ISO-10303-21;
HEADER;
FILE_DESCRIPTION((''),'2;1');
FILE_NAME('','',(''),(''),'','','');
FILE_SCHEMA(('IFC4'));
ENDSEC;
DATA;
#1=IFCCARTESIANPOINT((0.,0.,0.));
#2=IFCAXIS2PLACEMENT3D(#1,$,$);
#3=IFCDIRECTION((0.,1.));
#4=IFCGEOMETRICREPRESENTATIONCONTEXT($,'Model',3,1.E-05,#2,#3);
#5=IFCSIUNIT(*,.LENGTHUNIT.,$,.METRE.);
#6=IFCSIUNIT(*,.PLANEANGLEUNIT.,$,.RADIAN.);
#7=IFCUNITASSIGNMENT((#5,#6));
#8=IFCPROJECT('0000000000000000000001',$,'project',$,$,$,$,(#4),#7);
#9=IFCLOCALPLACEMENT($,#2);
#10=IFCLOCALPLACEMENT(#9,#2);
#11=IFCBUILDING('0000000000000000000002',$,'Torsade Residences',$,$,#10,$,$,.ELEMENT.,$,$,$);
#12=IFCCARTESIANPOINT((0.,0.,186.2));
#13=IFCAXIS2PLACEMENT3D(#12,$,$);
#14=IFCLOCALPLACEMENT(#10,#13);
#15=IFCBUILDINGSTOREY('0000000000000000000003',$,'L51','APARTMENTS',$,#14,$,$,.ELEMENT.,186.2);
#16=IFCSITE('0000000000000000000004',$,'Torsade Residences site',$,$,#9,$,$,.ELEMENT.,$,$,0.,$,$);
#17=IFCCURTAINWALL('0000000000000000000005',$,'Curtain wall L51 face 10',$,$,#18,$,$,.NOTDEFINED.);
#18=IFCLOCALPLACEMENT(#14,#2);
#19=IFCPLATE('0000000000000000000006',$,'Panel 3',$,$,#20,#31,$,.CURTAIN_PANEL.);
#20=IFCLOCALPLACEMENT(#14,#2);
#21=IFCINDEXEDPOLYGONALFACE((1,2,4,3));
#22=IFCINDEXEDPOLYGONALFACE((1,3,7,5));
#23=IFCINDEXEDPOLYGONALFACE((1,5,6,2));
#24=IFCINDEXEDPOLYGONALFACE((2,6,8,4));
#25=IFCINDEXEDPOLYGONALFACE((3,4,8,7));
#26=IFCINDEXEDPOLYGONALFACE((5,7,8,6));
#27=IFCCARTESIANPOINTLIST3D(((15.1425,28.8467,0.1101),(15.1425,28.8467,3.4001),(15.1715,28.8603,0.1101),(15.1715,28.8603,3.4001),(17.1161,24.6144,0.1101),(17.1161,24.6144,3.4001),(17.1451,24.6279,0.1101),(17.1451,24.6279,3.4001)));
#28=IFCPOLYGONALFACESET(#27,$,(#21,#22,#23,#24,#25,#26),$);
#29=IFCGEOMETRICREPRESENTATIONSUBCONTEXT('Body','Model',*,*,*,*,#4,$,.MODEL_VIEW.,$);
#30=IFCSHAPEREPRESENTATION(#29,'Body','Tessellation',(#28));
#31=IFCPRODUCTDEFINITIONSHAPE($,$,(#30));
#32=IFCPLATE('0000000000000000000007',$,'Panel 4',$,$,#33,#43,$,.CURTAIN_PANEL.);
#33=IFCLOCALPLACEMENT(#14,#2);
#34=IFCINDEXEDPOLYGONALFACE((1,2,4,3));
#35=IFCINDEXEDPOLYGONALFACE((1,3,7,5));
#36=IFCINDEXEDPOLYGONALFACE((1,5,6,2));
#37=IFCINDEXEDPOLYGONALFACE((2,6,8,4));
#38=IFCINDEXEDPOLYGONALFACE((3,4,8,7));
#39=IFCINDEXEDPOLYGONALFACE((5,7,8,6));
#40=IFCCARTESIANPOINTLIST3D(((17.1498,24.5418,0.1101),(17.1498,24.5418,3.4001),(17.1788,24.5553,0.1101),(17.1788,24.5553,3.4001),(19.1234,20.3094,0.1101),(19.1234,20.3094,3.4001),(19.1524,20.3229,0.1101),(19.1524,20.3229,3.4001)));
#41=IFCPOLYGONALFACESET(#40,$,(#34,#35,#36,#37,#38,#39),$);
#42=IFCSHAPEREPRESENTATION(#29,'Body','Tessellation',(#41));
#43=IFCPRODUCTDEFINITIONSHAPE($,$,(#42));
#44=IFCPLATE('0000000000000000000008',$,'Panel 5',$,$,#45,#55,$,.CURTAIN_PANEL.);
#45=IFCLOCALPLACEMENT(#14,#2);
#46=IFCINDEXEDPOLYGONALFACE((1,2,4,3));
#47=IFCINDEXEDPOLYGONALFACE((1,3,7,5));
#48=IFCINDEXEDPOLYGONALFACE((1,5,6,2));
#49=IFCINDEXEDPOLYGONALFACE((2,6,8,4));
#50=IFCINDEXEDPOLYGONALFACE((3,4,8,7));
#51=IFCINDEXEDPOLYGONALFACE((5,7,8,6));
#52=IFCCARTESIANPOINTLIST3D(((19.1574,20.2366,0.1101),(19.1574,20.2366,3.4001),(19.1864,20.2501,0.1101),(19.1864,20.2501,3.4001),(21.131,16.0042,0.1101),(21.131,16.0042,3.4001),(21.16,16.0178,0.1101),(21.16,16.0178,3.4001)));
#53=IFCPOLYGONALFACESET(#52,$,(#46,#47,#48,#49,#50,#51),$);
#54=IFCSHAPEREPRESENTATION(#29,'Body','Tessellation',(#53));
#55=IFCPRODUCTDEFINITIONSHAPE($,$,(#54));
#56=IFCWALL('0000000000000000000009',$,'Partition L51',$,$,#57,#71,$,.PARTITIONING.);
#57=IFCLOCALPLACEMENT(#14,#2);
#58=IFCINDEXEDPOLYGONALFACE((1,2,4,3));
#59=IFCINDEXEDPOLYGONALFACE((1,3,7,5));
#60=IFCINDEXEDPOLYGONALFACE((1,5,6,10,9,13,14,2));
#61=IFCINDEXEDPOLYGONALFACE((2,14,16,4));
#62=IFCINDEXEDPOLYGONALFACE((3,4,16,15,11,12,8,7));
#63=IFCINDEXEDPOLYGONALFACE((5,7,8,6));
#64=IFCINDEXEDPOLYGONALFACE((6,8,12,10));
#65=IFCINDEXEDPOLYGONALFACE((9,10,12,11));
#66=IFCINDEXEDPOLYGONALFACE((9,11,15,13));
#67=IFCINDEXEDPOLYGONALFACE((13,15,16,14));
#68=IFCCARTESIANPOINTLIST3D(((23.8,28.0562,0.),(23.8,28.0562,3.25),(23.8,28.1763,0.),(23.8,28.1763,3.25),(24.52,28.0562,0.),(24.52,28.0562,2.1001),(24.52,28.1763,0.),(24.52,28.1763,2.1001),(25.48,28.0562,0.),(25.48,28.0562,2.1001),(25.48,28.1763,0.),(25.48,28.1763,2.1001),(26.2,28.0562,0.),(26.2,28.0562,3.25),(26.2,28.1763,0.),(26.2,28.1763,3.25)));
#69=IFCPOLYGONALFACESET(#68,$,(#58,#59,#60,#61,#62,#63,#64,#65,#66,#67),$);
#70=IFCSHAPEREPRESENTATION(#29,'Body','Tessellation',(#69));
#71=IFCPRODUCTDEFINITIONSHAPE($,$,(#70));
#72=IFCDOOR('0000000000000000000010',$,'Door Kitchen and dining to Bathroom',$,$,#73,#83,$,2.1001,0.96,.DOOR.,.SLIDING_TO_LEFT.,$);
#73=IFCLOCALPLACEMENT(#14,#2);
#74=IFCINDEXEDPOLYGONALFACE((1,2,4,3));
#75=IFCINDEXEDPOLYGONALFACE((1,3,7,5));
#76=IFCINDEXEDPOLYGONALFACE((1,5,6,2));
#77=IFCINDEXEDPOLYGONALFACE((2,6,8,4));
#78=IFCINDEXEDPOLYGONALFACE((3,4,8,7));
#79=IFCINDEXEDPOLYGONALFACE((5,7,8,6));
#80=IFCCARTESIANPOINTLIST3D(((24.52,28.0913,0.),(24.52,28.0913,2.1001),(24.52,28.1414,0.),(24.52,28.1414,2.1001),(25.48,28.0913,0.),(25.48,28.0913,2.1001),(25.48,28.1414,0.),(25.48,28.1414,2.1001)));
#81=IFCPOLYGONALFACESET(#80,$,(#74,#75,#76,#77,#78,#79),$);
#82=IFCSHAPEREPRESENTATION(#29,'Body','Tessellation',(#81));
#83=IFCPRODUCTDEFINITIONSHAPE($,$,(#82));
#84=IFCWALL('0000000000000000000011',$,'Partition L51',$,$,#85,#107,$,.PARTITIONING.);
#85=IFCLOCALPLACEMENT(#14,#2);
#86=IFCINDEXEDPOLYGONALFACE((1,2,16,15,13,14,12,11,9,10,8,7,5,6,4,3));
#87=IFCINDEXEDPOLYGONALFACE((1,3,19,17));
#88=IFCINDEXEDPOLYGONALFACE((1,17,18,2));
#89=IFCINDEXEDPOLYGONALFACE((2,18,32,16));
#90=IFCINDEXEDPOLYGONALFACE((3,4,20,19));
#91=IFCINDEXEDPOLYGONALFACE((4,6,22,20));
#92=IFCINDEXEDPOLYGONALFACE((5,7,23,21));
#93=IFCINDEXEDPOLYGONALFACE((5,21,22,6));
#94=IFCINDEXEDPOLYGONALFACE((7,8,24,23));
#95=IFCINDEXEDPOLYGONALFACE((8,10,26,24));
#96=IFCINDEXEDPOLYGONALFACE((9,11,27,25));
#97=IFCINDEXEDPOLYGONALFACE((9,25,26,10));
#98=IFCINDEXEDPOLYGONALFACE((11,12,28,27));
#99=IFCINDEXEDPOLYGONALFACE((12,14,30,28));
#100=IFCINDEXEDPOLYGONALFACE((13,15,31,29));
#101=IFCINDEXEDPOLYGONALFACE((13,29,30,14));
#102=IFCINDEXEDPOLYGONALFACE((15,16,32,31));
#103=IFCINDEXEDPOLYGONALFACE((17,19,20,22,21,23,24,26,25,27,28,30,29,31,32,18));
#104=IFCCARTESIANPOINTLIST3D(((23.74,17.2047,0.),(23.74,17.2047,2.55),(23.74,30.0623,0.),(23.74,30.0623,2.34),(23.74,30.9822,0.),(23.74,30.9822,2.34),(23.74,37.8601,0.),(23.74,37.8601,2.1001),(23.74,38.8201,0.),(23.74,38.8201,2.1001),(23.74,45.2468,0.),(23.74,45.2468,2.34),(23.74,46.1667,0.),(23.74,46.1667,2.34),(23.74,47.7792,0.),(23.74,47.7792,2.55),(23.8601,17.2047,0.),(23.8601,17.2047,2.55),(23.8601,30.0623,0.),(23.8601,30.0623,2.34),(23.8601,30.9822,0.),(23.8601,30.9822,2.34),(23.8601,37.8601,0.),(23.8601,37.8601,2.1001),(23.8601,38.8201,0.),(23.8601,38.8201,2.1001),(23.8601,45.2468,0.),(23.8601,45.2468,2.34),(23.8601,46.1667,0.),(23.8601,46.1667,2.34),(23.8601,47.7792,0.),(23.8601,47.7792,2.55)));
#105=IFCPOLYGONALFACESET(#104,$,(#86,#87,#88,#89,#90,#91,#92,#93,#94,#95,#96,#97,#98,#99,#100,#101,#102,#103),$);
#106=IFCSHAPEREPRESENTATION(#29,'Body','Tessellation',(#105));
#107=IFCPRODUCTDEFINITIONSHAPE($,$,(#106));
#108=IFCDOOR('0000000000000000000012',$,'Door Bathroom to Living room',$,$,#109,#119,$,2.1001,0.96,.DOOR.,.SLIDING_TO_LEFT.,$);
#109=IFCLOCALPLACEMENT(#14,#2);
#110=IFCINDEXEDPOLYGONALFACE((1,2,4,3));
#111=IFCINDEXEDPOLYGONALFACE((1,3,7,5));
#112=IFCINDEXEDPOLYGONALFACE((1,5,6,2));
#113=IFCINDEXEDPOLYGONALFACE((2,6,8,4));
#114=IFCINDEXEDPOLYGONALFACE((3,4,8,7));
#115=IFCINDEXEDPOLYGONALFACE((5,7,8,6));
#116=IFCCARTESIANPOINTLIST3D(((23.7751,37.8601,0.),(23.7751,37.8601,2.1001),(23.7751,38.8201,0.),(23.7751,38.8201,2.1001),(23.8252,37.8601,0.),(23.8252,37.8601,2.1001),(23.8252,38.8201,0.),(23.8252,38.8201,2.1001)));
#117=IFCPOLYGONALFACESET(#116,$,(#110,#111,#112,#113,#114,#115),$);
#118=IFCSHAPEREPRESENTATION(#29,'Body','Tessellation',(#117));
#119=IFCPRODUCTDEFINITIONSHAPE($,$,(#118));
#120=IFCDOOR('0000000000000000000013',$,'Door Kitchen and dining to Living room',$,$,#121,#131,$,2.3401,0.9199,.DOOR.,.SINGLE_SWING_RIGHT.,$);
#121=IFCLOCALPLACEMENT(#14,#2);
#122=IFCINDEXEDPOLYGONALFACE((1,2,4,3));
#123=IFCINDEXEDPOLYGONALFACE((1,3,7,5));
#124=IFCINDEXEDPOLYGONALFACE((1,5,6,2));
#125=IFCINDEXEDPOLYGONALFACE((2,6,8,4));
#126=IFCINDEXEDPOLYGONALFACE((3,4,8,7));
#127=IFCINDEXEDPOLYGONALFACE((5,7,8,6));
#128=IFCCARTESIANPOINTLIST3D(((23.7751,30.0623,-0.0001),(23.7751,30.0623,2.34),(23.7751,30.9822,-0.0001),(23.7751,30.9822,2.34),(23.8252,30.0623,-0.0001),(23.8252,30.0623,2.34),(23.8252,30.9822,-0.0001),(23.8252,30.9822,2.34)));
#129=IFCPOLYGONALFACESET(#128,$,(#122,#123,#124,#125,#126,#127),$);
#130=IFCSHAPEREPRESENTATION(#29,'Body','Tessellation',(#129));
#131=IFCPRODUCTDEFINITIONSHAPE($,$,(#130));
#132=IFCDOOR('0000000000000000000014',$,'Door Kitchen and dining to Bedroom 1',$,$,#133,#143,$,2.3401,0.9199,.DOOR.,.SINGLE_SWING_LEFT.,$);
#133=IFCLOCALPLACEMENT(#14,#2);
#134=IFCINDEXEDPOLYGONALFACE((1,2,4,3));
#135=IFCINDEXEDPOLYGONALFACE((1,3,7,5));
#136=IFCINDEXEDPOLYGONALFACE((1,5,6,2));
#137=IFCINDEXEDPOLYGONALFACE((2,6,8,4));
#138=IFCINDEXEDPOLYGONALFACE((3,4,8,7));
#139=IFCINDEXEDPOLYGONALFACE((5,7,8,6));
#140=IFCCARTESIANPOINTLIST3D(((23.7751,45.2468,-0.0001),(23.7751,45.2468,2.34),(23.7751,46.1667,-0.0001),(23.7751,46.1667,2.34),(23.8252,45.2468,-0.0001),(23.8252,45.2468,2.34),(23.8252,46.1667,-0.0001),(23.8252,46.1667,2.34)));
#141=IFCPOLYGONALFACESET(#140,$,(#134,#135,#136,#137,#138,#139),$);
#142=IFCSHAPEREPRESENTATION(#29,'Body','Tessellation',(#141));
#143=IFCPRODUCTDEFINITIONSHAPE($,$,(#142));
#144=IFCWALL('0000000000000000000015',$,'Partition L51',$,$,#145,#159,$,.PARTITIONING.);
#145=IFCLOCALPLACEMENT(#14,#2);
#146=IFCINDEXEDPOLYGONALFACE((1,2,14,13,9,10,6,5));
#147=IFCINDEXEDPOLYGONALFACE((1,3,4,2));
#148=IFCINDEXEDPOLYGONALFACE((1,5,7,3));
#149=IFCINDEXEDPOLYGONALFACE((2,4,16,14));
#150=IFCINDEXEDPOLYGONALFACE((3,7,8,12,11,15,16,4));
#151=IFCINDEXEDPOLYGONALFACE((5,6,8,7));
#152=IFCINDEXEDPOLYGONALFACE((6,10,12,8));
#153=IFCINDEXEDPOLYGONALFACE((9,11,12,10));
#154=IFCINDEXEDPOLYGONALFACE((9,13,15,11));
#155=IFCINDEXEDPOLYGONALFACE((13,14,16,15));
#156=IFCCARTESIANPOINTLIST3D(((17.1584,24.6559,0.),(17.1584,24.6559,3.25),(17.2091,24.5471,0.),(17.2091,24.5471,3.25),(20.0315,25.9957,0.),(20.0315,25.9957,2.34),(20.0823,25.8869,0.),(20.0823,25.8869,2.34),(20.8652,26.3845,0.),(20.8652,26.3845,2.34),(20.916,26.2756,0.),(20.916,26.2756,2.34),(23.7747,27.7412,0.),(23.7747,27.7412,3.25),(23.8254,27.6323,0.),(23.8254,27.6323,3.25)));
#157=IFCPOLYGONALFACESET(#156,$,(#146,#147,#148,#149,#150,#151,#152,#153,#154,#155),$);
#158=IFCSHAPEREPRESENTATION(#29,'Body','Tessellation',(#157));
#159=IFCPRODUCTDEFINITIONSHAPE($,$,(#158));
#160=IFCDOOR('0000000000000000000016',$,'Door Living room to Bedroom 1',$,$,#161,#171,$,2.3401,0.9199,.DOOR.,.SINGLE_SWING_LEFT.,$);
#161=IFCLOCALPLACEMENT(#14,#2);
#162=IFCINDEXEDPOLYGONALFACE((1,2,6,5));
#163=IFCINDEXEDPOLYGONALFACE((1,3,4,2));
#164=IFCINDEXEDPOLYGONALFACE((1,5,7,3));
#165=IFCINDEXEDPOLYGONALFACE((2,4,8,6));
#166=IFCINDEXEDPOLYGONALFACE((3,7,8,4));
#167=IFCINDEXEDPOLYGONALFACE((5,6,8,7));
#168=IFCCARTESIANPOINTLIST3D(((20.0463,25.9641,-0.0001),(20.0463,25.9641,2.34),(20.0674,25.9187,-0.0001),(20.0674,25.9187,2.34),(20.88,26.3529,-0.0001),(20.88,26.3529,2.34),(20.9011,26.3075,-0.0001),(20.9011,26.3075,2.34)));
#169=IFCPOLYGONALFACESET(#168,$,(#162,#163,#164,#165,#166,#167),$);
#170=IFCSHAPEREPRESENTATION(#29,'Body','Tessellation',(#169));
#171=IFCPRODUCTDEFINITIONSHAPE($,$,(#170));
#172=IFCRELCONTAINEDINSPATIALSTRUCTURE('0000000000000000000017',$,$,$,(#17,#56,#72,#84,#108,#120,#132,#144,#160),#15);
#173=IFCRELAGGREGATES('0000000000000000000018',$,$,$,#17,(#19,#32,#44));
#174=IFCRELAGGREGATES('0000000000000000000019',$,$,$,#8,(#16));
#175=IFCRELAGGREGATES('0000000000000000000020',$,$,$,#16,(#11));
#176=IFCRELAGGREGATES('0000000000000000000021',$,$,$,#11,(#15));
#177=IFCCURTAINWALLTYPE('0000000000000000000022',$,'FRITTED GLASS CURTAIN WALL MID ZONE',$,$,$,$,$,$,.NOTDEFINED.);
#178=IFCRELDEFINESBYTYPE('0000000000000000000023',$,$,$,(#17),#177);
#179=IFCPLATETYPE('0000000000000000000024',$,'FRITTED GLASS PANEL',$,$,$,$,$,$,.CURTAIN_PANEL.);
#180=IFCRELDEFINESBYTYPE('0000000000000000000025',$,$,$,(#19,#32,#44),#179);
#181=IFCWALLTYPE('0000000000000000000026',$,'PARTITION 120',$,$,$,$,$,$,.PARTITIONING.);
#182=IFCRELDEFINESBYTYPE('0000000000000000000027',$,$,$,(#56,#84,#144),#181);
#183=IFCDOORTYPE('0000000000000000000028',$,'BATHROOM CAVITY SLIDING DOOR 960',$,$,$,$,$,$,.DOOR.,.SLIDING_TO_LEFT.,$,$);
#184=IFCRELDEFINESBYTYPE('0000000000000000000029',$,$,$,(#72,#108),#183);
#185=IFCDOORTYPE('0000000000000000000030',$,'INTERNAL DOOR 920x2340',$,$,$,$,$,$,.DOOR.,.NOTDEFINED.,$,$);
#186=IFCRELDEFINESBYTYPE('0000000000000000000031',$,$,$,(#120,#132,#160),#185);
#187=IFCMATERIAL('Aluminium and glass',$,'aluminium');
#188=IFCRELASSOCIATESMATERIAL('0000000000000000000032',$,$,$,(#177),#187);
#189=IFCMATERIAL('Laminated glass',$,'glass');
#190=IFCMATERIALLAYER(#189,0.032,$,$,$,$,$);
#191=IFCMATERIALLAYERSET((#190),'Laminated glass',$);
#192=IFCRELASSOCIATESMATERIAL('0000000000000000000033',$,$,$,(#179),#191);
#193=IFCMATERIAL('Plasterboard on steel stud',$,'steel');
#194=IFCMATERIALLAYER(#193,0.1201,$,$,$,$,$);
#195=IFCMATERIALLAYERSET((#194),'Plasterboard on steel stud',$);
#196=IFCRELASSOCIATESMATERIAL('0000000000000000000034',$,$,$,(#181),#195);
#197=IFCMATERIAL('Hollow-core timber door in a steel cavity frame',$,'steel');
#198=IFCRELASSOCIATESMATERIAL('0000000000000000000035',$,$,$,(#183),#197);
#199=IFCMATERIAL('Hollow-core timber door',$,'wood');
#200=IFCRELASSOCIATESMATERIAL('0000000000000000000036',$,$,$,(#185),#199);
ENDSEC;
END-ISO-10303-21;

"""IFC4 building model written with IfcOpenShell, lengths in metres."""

from ifc_helpers import new_model, si_unit, direction, frame, frame_2d, origin, origin_2d, place, context, subcontext, project, spatial, rectangle, extrude, material, layer, layer_set, type_object, element, fill, aggregate, save


model = new_model("IFC4")

# Units and contexts
model_context = context("Model", 3, precision=1e-05, world=origin(), true_north=direction((0.0, 1.0)))
body_context = subcontext(model_context, "Body", "Model", "MODEL_VIEW")
ifc_project = project(units=[si_unit("LENGTHUNIT", "METRE"), si_unit("PLANEANGLEUNIT", "RADIAN")], contexts=[model_context])

# Site, building, storey
site_placement = place(None, origin())
site = spatial("IfcSite", under=ifc_project, at=site_placement, Name="Torsade Residences site", CompositionType="ELEMENT", RefElevation=0.0)
building_placement = place(site_placement, origin())
building = spatial("IfcBuilding", under=site, at=building_placement, Name="Torsade Residences", CompositionType="ELEMENT")
storey_placement = place(building_placement, frame((0.0, 0.0, 186.2)))
storey = spatial("IfcBuildingStorey", under=building, at=storey_placement, Name="L51", Description="APARTMENTS", CompositionType="ELEMENT", Elevation=186.2)

# Curtain wall
ifc_material_1 = material(Name="Aluminium and glass", Category="aluminium")
curtain_wall_type = type_object("IfcCurtainWallType", Name="FRITTED GLASS CURTAIN WALL MID ZONE", PredefinedType="NOTDEFINED", material=ifc_material_1)
curtain_wall_placement = place(storey_placement, origin())
curtain_wall = element("IfcCurtainWall", 1, at=curtain_wall_placement, inside=storey, type_object=curtain_wall_type, Name="Curtain wall L51 face 10", PredefinedType="NOTDEFINED")

# Plates
ifc_material_2 = material(Name="Laminated glass", Category="glass")
ifc_layer_1 = layer(ifc_material_2, 0.032)
ifc_layer_set_1 = layer_set([ifc_layer_1], Name="Laminated glass")
plate_type = type_object("IfcPlateType", Name="FRITTED GLASS PANEL", PredefinedType="CURTAIN_PANEL", material=ifc_layer_set_1)
plate_1_placement = place(storey_placement, frame((16.1438, 26.7373, 0.1101), z_axis=(0.0, 0.0, 1.0), x_axis=(0.422618, -0.906308, 0.0)))
plate_1 = element("IfcPlate", 2, at=plate_1_placement, type_object=plate_type, Name="Panel 3", PredefinedType="CURTAIN_PANEL", context=body_context, shape_type="SweptSolid", body=[
    extrude(rectangle(XDim=4.6699, YDim=0.032, at=origin_2d()), origin(), (0.0, 0.0, 1.0), 3.29),
])
plate_2_placement = place(storey_placement, frame((18.1511, 22.4324, 0.1101), z_axis=(0.0, 0.0, 1.0), x_axis=(0.422618, -0.906308, 0.0)))
plate_2 = element("IfcPlate", 3, at=plate_2_placement, type_object=plate_type, Name="Panel 4", PredefinedType="CURTAIN_PANEL", context=body_context, shape_type="SweptSolid", body=[
    extrude(rectangle(XDim=4.6699, YDim=0.032, at=origin_2d()), origin(), (0.0, 0.0, 1.0), 3.29),
])
plate_3_placement = place(storey_placement, frame((20.1587, 18.1272, 0.1101), z_axis=(0.0, 0.0, 1.0), x_axis=(0.422618, -0.906308, 0.0)))
plate_3 = element("IfcPlate", 4, at=plate_3_placement, type_object=plate_type, Name="Panel 5", PredefinedType="CURTAIN_PANEL", context=body_context, shape_type="SweptSolid", body=[
    extrude(rectangle(XDim=4.6699, YDim=0.032, at=origin_2d()), origin(), (0.0, 0.0, 1.0), 3.29),
])
aggregate(curtain_wall, [plate_1, plate_2, plate_3])

# Wall, opening, door
ifc_material_3 = material(Name="Plasterboard on steel stud", Category="steel")
ifc_layer_2 = layer(ifc_material_3, 0.1201)
ifc_layer_set_2 = layer_set([ifc_layer_2], Name="Plasterboard on steel stud")
wall_type_1 = type_object("IfcWallType", Name="PARTITION 120", PredefinedType="PARTITIONING", material=ifc_layer_set_2)
wall_1_placement = place(storey_placement, frame((26.2, 28.1162, 0.0), z_axis=(0.0, 0.0, 1.0), x_axis=(-1.0, 0.0, 0.0)))
wall_1 = element("IfcWall", 5, at=wall_1_placement, inside=storey, type_object=wall_type_1, Name="Partition L51", PredefinedType="PARTITIONING", context=body_context, shape_type="SweptSolid", body=[
    extrude(rectangle(XDim=2.3999, YDim=0.1201, at=frame_2d((1.2, 0.0))), origin(), (0.0, 0.0, 1.0), 3.25),
])
opening_1_placement = place(wall_1_placement, frame((0.72, 0.0, 0.0)))
opening_1 = element("IfcOpeningElement", 6, at=opening_1_placement, cuts=wall_1, PredefinedType="OPENING", context=body_context, shape_type="SweptSolid", body=[
    extrude(rectangle(XDim=0.96, YDim=2.1001, at=frame_2d((0.48, 1.05))), frame((0.0, 0.0701, 0.0), z_axis=(0.0, -1.0, 0.0), x_axis=(1.0, 0.0, 0.0)), (0.0, 0.0, 1.0), 0.1401),
])
ifc_material_4 = material(Name="Hollow-core timber door in a steel cavity frame", Category="steel")
door_type_1 = type_object("IfcDoorType", Name="BATHROOM CAVITY SLIDING DOOR 960", OperationType="SLIDING_TO_LEFT", PredefinedType="DOOR", material=ifc_material_4)
door_1_placement = place(opening_1_placement, origin())
door_1 = element("IfcDoor", 7, at=door_1_placement, inside=storey, type_object=door_type_1, Name="Door Kitchen and dining to Bathroom", OperationType="SLIDING_TO_LEFT", OverallHeight=2.1001, OverallWidth=0.96, PredefinedType="DOOR", context=body_context, shape_type="SweptSolid", body=[
    extrude(rectangle(XDim=0.96, YDim=2.1001, at=frame_2d((0.48, 1.05))), frame((0.0, 0.0249, 0.0), z_axis=(0.0, -1.0, 0.0), x_axis=(1.0, 0.0, 0.0)), (0.0, 0.0, 1.0), 0.05),
])
fill(opening_1, door_1)

# Wall, openings, doors
wall_2_placement = place(storey_placement, frame((23.8, 17.2048, 0.0), z_axis=(0.0, 0.0, 1.0), x_axis=(0.0, 1.0, 0.0)))
wall_2 = element("IfcWall", 8, at=wall_2_placement, inside=storey, type_object=wall_type_1, Name="Partition L51", PredefinedType="PARTITIONING", context=body_context, shape_type="SweptSolid", body=[
    extrude(rectangle(XDim=30.5745, YDim=0.1201, at=frame_2d((15.2871, 0.0))), origin(), (0.0, 0.0, 1.0), 2.55),
])
opening_2_placement = place(wall_2_placement, frame((12.8574, 0.0, 0.0)))
opening_2 = element("IfcOpeningElement", 9, at=opening_2_placement, cuts=wall_2, PredefinedType="OPENING", context=body_context, shape_type="SweptSolid", body=[
    extrude(rectangle(XDim=0.9199, YDim=2.3401, at=frame_2d((0.46, 1.1699))), frame((0.0, 0.0701, 0.0), z_axis=(0.0, -1.0, 0.0), x_axis=(1.0, 0.0, 0.0)), (0.0, 0.0, 1.0), 0.1401),
])
opening_3_placement = place(wall_2_placement, frame((28.042, 0.0, 0.0)))
opening_3 = element("IfcOpeningElement", 10, at=opening_3_placement, cuts=wall_2, PredefinedType="OPENING", context=body_context, shape_type="SweptSolid", body=[
    extrude(rectangle(XDim=0.9199, YDim=2.3401, at=frame_2d((0.46, 1.1699))), frame((0.0, 0.0701, 0.0), z_axis=(0.0, -1.0, 0.0), x_axis=(1.0, 0.0, 0.0)), (0.0, 0.0, 1.0), 0.1401),
])
opening_4_placement = place(wall_2_placement, frame((20.6553, 0.0, 0.0)))
opening_4 = element("IfcOpeningElement", 11, at=opening_4_placement, cuts=wall_2, PredefinedType="OPENING", context=body_context, shape_type="SweptSolid", body=[
    extrude(rectangle(XDim=0.96, YDim=2.1001, at=frame_2d((0.48, 1.05))), frame((0.0, 0.0701, 0.0), z_axis=(0.0, -1.0, 0.0), x_axis=(1.0, 0.0, 0.0)), (0.0, 0.0, 1.0), 0.1401),
])
door_2_placement = place(opening_4_placement, origin())
door_2 = element("IfcDoor", 12, at=door_2_placement, inside=storey, type_object=door_type_1, Name="Door Bathroom to Living room", OperationType="SLIDING_TO_LEFT", OverallHeight=2.1001, OverallWidth=0.96, PredefinedType="DOOR", context=body_context, shape_type="SweptSolid", body=[
    extrude(rectangle(XDim=0.96, YDim=2.1001, at=frame_2d((0.48, 1.05))), frame((0.0, 0.0249, 0.0), z_axis=(0.0, -1.0, 0.0), x_axis=(1.0, 0.0, 0.0)), (0.0, 0.0, 1.0), 0.05),
])
fill(opening_4, door_2)
ifc_material_5 = material(Name="Hollow-core timber door", Category="wood")
door_type_2 = type_object("IfcDoorType", Name="INTERNAL DOOR 920x2340", OperationType="NOTDEFINED", PredefinedType="DOOR", material=ifc_material_5)
door_3_placement = place(opening_2_placement, origin())
door_3 = element("IfcDoor", 13, at=door_3_placement, inside=storey, type_object=door_type_2, Name="Door Kitchen and dining to Living room", OperationType="SINGLE_SWING_RIGHT", OverallHeight=2.3401, OverallWidth=0.9199, PredefinedType="DOOR", context=body_context, shape_type="SweptSolid", body=[
    extrude(rectangle(XDim=0.9199, YDim=2.3401, at=frame_2d((0.46, 1.1699))), frame((0.0, 0.0249, 0.0), z_axis=(0.0, -1.0, 0.0), x_axis=(1.0, 0.0, 0.0)), (0.0, 0.0, 1.0), 0.05),
])
fill(opening_2, door_3)
door_4_placement = place(opening_3_placement, origin())
door_4 = element("IfcDoor", 14, at=door_4_placement, inside=storey, type_object=door_type_2, Name="Door Kitchen and dining to Bedroom 1", OperationType="SINGLE_SWING_LEFT", OverallHeight=2.3401, OverallWidth=0.9199, PredefinedType="DOOR", context=body_context, shape_type="SweptSolid", body=[
    extrude(rectangle(XDim=0.9199, YDim=2.3401, at=frame_2d((0.46, 1.1699))), frame((0.0, 0.0249, 0.0), z_axis=(0.0, -1.0, 0.0), x_axis=(1.0, 0.0, 0.0)), (0.0, 0.0, 1.0), 0.05),
])
fill(opening_3, door_4)

# Wall, opening, door
wall_3_placement = place(storey_placement, frame((23.8, 27.6868, 0.0), z_axis=(0.0, 0.0, 1.0), x_axis=(-0.906307, -0.42262, 0.0)))
wall_3 = element("IfcWall", 15, at=wall_3_placement, inside=storey, type_object=wall_type_1, Name="Partition L51", PredefinedType="PARTITIONING", context=body_context, shape_type="SweptSolid", body=[
    extrude(rectangle(XDim=7.3003, YDim=0.1201, at=frame_2d((3.6501, 0.0))), origin(), (0.0, 0.0, 1.0), 3.25),
])
opening_5_placement = place(wall_3_placement, frame((3.2102, 0.0, 0.0)))
opening_5 = element("IfcOpeningElement", 16, at=opening_5_placement, cuts=wall_3, PredefinedType="OPENING", context=body_context, shape_type="SweptSolid", body=[
    extrude(rectangle(XDim=0.9199, YDim=2.3401, at=frame_2d((0.46, 1.1699))), frame((0.0, 0.0701, 0.0), z_axis=(0.0, -1.0, 0.0), x_axis=(1.0, 0.0, 0.0)), (0.0, 0.0, 1.0), 0.1401),
])
door_5_placement = place(opening_5_placement, origin())
door_5 = element("IfcDoor", 17, at=door_5_placement, inside=storey, type_object=door_type_2, Name="Door Living room to Bedroom 1", OperationType="SINGLE_SWING_LEFT", OverallHeight=2.3401, OverallWidth=0.9199, PredefinedType="DOOR", context=body_context, shape_type="SweptSolid", body=[
    extrude(rectangle(XDim=0.9199, YDim=2.3401, at=frame_2d((0.46, 1.1699))), frame((0.0, 0.0249, 0.0), z_axis=(0.0, -1.0, 0.0), x_axis=(1.0, 0.0, 0.0)), (0.0, 0.0, 1.0), 0.05),
])
fill(opening_5, door_5)

save(model, "model.ifc")
